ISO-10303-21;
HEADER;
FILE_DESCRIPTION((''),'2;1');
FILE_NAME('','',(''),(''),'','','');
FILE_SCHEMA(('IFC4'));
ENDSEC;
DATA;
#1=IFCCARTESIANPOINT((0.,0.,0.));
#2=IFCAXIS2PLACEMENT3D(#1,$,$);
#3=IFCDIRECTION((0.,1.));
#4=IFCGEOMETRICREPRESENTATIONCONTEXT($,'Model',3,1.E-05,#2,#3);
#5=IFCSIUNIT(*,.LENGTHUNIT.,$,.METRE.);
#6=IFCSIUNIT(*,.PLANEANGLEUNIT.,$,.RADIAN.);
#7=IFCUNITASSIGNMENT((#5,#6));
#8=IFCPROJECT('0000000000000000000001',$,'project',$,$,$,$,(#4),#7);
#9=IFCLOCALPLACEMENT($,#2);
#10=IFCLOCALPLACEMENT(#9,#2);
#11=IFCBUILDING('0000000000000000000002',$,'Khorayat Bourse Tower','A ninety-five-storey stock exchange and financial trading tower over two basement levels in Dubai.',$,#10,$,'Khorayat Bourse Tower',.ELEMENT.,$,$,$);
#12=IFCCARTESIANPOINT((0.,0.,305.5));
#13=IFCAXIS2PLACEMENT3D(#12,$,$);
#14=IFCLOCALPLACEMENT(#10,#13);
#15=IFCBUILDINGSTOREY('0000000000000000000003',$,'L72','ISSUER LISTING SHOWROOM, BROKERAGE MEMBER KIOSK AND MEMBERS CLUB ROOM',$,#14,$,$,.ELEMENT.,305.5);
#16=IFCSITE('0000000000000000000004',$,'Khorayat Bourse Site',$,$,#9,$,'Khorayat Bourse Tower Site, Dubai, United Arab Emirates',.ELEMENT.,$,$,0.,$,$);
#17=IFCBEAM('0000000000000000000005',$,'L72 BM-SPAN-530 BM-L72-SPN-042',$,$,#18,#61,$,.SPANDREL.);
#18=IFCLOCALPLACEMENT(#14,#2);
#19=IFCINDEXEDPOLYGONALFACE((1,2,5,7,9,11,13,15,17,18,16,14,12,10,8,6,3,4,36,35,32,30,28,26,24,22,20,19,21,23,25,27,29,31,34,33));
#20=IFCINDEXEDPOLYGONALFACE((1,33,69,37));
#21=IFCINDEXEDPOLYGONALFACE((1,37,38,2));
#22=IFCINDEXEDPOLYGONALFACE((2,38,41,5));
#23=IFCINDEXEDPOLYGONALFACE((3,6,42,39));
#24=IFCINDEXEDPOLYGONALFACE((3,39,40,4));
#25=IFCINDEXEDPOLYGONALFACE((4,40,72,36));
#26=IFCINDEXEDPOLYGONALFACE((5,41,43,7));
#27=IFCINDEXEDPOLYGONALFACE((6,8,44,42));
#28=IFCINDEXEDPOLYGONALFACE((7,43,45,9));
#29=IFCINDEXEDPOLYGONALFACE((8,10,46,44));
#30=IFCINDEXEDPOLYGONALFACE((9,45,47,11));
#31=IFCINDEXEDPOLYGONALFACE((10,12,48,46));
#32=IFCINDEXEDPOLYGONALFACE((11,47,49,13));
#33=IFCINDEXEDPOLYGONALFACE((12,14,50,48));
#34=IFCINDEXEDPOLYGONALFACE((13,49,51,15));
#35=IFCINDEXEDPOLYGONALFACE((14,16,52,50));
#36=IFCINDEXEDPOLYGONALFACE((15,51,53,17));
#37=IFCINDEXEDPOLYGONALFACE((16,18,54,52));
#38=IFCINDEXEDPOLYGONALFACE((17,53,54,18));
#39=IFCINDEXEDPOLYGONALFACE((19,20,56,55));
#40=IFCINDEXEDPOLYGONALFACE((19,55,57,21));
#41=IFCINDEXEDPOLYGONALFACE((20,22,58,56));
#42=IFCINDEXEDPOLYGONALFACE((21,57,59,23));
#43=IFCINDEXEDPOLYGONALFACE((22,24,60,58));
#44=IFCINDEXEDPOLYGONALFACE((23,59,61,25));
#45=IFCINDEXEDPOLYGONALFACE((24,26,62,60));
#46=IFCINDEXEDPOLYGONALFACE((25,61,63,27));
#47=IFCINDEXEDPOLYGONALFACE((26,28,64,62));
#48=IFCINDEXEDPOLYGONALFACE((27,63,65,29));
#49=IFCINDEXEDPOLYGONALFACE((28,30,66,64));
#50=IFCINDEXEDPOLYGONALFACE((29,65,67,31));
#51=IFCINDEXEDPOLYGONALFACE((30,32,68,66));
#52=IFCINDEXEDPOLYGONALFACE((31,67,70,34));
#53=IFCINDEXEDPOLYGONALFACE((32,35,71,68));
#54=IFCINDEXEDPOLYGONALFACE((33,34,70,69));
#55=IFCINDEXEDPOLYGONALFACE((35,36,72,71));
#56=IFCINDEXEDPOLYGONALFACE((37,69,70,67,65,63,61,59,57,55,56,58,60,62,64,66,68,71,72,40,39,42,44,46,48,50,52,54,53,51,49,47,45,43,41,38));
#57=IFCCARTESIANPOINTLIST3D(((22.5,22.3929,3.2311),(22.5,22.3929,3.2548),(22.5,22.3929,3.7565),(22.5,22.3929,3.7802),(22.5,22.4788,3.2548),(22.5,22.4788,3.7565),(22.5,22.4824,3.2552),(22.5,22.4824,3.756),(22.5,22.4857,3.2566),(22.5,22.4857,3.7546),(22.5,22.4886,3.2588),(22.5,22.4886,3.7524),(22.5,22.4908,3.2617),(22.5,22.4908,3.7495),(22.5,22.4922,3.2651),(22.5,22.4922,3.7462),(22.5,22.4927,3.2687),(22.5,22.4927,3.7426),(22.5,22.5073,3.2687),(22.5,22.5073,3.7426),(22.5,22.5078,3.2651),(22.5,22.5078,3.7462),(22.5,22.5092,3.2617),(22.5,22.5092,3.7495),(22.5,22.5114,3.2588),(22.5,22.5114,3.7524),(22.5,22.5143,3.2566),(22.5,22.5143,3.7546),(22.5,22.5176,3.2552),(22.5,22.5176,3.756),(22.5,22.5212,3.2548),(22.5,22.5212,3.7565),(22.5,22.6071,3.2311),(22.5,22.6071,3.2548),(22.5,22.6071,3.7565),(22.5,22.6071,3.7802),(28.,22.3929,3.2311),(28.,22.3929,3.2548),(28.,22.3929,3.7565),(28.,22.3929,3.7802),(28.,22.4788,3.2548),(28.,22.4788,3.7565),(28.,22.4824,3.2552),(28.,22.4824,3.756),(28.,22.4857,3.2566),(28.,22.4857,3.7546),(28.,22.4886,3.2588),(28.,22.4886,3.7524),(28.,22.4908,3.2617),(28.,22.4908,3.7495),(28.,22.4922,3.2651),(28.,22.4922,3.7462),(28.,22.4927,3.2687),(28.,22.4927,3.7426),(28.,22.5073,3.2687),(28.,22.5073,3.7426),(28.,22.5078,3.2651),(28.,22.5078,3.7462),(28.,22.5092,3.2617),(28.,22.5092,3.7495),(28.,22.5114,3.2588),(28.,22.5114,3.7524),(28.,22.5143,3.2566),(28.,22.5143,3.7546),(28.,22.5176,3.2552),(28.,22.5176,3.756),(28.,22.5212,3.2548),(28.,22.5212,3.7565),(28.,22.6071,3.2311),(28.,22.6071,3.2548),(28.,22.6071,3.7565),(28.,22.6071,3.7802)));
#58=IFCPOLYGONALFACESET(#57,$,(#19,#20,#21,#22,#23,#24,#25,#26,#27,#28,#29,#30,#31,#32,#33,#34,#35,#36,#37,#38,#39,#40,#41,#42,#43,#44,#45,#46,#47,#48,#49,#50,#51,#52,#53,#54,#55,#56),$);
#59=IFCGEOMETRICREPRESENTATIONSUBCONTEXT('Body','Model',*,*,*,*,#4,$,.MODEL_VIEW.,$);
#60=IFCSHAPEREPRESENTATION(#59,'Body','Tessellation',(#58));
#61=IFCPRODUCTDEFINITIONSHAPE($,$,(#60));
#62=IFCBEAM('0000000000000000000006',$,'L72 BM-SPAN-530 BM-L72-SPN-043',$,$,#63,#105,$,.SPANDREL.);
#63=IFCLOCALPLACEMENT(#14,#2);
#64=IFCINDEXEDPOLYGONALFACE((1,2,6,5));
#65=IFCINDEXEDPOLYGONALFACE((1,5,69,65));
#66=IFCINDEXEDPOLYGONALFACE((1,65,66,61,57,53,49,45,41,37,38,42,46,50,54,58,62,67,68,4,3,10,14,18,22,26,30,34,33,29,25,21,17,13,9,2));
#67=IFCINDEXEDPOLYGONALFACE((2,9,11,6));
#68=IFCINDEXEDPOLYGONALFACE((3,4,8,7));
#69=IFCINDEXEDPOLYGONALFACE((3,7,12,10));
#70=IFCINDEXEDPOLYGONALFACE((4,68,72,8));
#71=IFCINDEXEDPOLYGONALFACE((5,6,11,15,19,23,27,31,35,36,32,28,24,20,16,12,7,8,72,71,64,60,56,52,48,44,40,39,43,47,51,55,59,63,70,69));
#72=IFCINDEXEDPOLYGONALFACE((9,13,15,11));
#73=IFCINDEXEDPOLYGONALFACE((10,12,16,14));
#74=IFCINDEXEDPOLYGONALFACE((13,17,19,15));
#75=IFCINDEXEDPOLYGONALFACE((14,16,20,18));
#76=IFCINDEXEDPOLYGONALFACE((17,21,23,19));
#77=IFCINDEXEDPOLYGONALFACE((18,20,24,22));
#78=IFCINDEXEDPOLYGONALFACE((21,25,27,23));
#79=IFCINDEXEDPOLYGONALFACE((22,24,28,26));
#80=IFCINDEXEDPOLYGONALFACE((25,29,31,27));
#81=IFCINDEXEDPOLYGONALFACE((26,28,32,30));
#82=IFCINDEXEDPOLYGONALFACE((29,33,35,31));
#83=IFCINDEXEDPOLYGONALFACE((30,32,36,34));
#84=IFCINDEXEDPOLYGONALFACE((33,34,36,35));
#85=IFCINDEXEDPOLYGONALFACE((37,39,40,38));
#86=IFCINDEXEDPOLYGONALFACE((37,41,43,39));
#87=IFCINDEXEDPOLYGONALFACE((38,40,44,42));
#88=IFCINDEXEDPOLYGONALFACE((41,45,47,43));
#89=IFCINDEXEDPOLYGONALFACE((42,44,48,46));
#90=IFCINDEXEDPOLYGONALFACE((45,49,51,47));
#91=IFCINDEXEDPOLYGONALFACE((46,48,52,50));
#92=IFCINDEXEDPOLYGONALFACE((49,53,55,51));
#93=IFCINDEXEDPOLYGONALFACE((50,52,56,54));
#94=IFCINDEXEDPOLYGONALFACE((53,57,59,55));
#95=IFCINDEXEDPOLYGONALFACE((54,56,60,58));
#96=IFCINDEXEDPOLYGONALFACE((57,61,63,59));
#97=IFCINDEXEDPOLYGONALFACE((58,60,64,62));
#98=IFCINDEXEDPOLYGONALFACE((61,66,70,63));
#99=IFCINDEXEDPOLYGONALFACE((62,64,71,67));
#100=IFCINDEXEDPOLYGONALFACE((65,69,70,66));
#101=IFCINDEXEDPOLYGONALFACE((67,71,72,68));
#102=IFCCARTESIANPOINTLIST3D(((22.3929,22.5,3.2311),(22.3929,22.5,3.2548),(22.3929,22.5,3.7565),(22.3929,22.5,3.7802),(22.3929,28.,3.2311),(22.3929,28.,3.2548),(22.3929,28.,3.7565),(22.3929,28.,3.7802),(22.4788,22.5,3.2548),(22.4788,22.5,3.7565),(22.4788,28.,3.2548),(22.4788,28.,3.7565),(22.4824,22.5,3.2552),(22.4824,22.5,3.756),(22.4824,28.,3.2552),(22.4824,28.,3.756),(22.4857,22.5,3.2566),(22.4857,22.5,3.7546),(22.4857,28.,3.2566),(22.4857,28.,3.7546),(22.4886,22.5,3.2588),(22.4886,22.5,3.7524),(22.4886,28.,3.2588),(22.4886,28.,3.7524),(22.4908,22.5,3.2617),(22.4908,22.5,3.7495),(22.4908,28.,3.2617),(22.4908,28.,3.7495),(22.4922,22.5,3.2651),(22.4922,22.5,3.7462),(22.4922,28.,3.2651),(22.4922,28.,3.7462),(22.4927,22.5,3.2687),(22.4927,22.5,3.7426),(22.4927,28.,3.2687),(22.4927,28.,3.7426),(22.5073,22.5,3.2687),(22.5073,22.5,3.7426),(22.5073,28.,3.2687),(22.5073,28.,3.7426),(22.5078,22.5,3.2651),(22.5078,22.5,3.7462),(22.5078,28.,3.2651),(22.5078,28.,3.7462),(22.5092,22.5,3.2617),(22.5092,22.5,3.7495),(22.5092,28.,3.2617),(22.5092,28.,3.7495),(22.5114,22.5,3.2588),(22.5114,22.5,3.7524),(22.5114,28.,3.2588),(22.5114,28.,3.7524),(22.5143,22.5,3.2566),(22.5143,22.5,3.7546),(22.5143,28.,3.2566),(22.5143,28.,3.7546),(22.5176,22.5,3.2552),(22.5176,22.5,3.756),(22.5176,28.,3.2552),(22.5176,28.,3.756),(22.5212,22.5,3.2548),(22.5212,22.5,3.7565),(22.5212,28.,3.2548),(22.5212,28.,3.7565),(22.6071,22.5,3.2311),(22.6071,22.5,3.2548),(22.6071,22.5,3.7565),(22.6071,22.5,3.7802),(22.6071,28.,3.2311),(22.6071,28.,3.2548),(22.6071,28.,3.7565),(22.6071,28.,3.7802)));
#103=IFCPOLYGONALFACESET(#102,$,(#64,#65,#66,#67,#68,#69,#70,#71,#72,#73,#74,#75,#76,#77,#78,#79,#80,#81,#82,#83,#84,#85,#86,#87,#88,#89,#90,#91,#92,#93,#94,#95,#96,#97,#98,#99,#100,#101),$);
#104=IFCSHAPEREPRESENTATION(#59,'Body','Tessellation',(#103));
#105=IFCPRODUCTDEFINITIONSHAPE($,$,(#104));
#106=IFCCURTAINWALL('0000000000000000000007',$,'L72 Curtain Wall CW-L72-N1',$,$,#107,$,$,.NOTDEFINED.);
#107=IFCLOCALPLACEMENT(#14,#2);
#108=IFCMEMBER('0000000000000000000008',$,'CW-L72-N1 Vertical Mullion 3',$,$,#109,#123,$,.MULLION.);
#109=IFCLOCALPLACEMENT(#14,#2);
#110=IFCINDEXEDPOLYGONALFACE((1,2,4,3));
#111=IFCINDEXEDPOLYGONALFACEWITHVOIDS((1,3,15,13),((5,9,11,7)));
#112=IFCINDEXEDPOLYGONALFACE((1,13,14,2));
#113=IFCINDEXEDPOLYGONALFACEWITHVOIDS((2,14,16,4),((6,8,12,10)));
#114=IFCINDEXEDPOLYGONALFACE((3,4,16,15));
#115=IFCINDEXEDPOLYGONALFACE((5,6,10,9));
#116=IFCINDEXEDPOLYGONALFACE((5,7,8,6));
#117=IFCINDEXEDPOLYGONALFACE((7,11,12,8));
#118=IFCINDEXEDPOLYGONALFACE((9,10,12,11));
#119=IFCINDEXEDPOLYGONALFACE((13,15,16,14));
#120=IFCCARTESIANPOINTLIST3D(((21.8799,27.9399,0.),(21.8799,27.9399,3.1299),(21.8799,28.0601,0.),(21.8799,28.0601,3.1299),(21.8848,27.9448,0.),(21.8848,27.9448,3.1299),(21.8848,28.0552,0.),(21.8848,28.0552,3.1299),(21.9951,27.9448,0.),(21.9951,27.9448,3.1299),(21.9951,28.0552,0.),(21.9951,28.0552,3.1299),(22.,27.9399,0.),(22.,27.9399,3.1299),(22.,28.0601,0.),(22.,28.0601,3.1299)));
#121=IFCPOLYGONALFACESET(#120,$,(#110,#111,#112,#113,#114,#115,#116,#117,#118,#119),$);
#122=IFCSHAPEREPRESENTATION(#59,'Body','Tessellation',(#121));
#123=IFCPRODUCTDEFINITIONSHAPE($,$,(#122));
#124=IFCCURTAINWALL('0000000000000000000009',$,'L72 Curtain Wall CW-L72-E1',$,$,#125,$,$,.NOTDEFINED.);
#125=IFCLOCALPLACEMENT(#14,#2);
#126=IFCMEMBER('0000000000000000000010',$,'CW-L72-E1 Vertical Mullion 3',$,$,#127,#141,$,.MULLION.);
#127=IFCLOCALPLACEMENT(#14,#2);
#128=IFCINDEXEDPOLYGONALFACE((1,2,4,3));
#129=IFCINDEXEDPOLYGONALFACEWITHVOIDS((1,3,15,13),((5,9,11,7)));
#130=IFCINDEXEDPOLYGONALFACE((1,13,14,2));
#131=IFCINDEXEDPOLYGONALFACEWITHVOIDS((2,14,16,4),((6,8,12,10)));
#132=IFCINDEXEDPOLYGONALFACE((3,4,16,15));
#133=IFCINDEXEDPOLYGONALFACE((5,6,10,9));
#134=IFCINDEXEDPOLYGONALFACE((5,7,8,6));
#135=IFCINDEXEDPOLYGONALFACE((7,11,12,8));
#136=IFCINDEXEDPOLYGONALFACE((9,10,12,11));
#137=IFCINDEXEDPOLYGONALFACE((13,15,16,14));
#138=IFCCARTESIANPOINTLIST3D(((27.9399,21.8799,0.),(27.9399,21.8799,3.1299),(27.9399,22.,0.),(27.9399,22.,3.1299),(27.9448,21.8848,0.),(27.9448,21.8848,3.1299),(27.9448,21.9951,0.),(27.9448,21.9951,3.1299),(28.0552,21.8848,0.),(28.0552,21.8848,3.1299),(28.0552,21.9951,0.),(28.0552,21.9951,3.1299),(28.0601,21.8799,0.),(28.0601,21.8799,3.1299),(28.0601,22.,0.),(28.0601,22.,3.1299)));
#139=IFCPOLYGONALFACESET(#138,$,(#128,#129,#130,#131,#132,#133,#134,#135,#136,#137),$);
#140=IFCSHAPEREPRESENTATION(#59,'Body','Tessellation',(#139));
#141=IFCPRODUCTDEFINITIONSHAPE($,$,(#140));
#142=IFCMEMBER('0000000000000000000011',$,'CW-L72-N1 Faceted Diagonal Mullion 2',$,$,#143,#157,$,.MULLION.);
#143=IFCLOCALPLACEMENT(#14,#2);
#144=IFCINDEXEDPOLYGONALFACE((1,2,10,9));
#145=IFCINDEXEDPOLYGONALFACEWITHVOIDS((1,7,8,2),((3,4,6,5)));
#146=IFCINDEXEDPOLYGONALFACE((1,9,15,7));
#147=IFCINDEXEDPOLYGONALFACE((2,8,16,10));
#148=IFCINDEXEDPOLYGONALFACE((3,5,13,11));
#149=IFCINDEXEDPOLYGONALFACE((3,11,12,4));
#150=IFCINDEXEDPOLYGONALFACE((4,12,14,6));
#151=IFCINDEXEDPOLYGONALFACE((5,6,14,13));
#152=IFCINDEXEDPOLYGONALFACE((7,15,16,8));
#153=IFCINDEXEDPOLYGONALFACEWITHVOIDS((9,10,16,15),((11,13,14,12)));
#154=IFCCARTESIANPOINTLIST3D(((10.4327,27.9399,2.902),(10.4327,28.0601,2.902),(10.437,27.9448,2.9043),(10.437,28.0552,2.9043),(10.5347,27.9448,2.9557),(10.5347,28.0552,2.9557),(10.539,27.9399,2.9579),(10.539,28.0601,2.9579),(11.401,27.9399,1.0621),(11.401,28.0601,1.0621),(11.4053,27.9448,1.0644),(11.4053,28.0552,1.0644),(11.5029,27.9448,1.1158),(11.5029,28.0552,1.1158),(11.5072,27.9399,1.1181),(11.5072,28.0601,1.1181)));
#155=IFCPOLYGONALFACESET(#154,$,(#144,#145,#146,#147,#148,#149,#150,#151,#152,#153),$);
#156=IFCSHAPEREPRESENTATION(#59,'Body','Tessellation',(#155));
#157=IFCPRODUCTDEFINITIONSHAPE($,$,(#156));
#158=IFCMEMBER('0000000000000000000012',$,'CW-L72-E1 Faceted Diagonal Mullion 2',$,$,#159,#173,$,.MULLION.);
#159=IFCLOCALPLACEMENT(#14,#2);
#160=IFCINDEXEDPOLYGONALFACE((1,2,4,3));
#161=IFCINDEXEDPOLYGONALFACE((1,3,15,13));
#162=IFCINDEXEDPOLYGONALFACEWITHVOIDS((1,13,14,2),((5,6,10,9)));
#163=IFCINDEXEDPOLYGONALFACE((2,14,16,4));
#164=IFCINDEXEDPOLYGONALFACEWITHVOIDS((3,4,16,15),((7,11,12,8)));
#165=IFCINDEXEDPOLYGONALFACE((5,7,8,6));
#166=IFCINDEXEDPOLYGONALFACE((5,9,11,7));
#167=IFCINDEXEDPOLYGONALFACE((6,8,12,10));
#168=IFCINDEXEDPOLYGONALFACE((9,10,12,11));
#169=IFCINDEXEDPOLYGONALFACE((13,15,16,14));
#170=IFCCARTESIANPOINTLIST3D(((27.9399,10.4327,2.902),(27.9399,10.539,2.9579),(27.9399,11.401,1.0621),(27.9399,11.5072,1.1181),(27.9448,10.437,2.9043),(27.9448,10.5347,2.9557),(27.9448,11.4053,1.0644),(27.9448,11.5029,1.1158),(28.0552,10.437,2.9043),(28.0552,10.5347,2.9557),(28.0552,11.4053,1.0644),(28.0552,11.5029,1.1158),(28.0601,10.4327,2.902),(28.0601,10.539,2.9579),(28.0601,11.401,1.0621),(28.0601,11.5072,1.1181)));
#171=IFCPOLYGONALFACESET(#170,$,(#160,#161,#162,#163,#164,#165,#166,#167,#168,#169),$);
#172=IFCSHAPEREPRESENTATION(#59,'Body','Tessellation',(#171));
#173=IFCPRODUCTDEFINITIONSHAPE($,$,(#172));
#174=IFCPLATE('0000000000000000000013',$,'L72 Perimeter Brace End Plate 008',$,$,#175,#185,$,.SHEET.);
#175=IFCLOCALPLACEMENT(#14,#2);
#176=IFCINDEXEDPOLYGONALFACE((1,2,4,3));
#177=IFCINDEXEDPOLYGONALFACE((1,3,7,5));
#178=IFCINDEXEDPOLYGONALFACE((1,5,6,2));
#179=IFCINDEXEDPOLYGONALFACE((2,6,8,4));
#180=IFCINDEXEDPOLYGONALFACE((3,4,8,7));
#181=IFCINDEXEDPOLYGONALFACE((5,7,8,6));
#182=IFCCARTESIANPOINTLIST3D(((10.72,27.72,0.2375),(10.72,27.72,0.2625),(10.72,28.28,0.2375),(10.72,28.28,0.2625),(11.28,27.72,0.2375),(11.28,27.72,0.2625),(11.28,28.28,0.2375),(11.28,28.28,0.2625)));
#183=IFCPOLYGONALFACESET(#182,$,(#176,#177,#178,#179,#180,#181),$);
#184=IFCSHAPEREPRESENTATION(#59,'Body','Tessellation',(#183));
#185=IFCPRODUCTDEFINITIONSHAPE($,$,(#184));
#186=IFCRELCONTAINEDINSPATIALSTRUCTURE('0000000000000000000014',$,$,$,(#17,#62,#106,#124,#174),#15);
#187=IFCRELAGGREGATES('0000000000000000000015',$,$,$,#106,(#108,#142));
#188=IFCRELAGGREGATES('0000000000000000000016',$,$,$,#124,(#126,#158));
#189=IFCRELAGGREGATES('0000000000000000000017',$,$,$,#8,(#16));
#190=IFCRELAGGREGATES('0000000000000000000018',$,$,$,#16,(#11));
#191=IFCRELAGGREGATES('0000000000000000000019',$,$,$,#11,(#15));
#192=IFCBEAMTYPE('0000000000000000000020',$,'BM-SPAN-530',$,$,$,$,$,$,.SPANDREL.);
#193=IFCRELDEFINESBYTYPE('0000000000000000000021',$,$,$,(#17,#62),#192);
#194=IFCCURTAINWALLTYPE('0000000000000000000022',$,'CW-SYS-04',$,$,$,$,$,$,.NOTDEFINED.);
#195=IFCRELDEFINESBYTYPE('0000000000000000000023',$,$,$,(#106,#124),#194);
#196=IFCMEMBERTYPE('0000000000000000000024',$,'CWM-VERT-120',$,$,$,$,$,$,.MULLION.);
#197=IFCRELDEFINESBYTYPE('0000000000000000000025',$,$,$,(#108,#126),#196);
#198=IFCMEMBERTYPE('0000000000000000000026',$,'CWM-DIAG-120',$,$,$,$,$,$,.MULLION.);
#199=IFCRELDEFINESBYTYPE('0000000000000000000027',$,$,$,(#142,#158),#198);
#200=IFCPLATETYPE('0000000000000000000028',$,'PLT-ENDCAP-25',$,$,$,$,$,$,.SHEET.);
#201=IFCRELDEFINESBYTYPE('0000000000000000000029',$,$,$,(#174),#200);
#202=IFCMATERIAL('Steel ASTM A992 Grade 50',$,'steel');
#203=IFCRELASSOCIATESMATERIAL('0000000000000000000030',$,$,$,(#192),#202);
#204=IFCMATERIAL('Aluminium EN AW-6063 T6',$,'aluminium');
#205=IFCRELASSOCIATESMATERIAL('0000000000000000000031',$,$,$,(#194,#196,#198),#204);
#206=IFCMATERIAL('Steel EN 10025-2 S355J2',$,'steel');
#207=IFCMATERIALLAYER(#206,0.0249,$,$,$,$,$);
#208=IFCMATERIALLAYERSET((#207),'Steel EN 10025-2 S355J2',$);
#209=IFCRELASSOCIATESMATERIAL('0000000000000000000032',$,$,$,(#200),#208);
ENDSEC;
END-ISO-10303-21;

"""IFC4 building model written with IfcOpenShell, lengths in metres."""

from ifc_helpers import new_model, si_unit, direction, frame, origin, origin_2d, place, context, subcontext, project, spatial, rectangle, hollow_rectangle, i_section, extrude, source, transform, mapped, material, layer, layer_set, material_profile, profile_set, type_object, element, aggregate, save


model = new_model("IFC4")

# Units and contexts
model_context = context("Model", 3, precision=1e-05, world=origin(), true_north=direction((0.0, 1.0)))
body_context = subcontext(model_context, "Body", "Model", "MODEL_VIEW")
ifc_project = project(units=[si_unit("LENGTHUNIT", "METRE"), si_unit("PLANEANGLEUNIT", "RADIAN")], contexts=[model_context])

# Site, building, storey
site_placement = place(None, origin())
site = spatial("IfcSite", under=ifc_project, at=site_placement, Name="Khorayat Bourse Site", LongName="Khorayat Bourse Tower Site, Dubai, United Arab Emirates", CompositionType="ELEMENT", RefElevation=0.0)
building_placement = place(site_placement, origin())
building = spatial("IfcBuilding", under=site, at=building_placement, Name="Khorayat Bourse Tower", Description="A ninety-five-storey stock exchange and financial trading tower over two basement levels in Dubai.", LongName="Khorayat Bourse Tower", CompositionType="ELEMENT")
storey_placement = place(building_placement, frame((0.0, 0.0, 305.5)))
storey = spatial("IfcBuildingStorey", under=building, at=storey_placement, Name="L72", Description="ISSUER LISTING SHOWROOM, BROKERAGE MEMBER KIOSK AND MEMBERS CLUB ROOM", CompositionType="ELEMENT", Elevation=305.5)

# Beams
ifc_material_1 = material(Name="Steel ASTM A992 Grade 50", Category="steel")
ifc_material_profile_1 = material_profile(ifc_material_1, i_section(OverallWidth=0.2141, OverallDepth=0.5491, WebThickness=0.0146, FlangeThickness=0.0237, FilletRadius=0.0139, at=origin_2d()), Name="W530X138")
ifc_profile_set_1 = profile_set([ifc_material_profile_1], Name="Steel ASTM A992 Grade 50")
beam_type_1 = type_object("IfcBeamType", Name="BM-SPAN-530", PredefinedType="SPANDREL", material=ifc_profile_set_1)
shared_shape_1 = source(origin(), body_context, "Body", "SweptSolid", [
    extrude(i_section(OverallWidth=0.2141, OverallDepth=0.5491, WebThickness=0.0146, FlangeThickness=0.0237, FilletRadius=0.0139, at=origin_2d()), origin(), (0.0, 0.0, 1.0), 5.5),
])
for number, where, z_axis, x_axis, name in (
    (1, (22.5, 22.5, 3.5056), (1.0, 0.0, 0.0), (0.0, 1.0, 0.0), "L72 BM-SPAN-530 BM-L72-SPN-042"),
    (2, (22.5, 22.5, 3.5056), (0.0, 1.0, 0.0), (-1.0, 0.0, 0.0), "L72 BM-SPAN-530 BM-L72-SPN-043"),
):
    element("IfcBeam", number, at=place(storey_placement, frame(where, z_axis=z_axis, x_axis=x_axis)), inside=storey, type_object=beam_type_1, Name=name, PredefinedType="SPANDREL", context=body_context, shape_type="MappedRepresentation", body=[
        mapped(shared_shape_1, transform((0.0, 0.0, 0.0), scale=1.0)),
    ])

# Curtain walls, members
ifc_material_2 = material(Name="Aluminium EN AW-6063 T6", Category="aluminium")
curtain_wall_type = type_object("IfcCurtainWallType", Name="CW-SYS-04", PredefinedType="NOTDEFINED", material=ifc_material_2)
curtain_wall_1_placement = place(storey_placement, origin())
curtain_wall_1 = element("IfcCurtainWall", 3, at=curtain_wall_1_placement, inside=storey, type_object=curtain_wall_type, Name="L72 Curtain Wall CW-L72-N1", PredefinedType="NOTDEFINED")
ifc_material_profile_2 = material_profile(ifc_material_2, hollow_rectangle(XDim=0.1201, YDim=0.1201, WallThickness=0.0049, at=origin_2d()), Name="ALU 120x120x5")
ifc_profile_set_2 = profile_set([ifc_material_profile_2], Name="Aluminium EN AW-6063 T6")
member_type_1 = type_object("IfcMemberType", Name="CWM-VERT-120", PredefinedType="MULLION", material=ifc_profile_set_2)
shared_shape_2 = source(origin(), body_context, "Body", "SweptSolid", [
    extrude(hollow_rectangle(XDim=0.1201, YDim=0.1201, WallThickness=0.0049, at=origin_2d()), origin(), (0.0, 0.0, 1.0), 3.1299),
])
member_1_placement = place(storey_placement, frame((21.9399, 28.0, 0.0), z_axis=(0.0, 0.0, 1.0), x_axis=(0.0, 1.0, 0.0)))
member_1 = element("IfcMember", 4, at=member_1_placement, type_object=member_type_1, Name="CW-L72-N1 Vertical Mullion 3", PredefinedType="MULLION", context=body_context, shape_type="MappedRepresentation", body=[
    mapped(shared_shape_2, transform((0.0, 0.0, 0.0), scale=1.0)),
])
curtain_wall_2_placement = place(storey_placement, origin())
curtain_wall_2 = element("IfcCurtainWall", 5, at=curtain_wall_2_placement, inside=storey, type_object=curtain_wall_type, Name="L72 Curtain Wall CW-L72-E1", PredefinedType="NOTDEFINED")
member_2_placement = place(storey_placement, frame((28.0, 21.9399, 0.0), z_axis=(0.0, 0.0, 1.0), x_axis=(-1.0, 0.0, 0.0)))
member_2 = element("IfcMember", 6, at=member_2_placement, type_object=member_type_1, Name="CW-L72-E1 Vertical Mullion 3", PredefinedType="MULLION", context=body_context, shape_type="MappedRepresentation", body=[
    mapped(shared_shape_2, transform((0.0, 0.0, 0.0), scale=1.0)),
])

# Members
ifc_material_profile_3 = material_profile(ifc_material_2, hollow_rectangle(XDim=0.1201, YDim=0.1201, WallThickness=0.0049, at=origin_2d()), Name="ALU 120x120x5")
ifc_profile_set_3 = profile_set([ifc_material_profile_3], Name="Aluminium EN AW-6063 T6")
member_type_2 = type_object("IfcMemberType", Name="CWM-DIAG-120", PredefinedType="MULLION", material=ifc_profile_set_3)
shared_shape_3 = source(origin(), body_context, "Body", "SweptSolid", [
    extrude(hollow_rectangle(XDim=0.1201, YDim=0.1201, WallThickness=0.0049, at=origin_2d()), origin(), (0.0, 0.0, 1.0), 2.0791),
])
member_3_placement = place(storey_placement, frame((11.4541, 28.0, 1.0901), z_axis=(-0.465717, 0.0, 0.884934), x_axis=(0.0, -1.0, 0.0)))
member_3 = element("IfcMember", 7, at=member_3_placement, type_object=member_type_2, Name="CW-L72-N1 Faceted Diagonal Mullion 2", PredefinedType="MULLION", context=body_context, shape_type="MappedRepresentation", body=[
    mapped(shared_shape_3, transform((0.0, 0.0, 0.0), scale=1.0)),
])
aggregate(curtain_wall_1, [member_1, member_3])
member_4_placement = place(storey_placement, frame((28.0, 11.4541, 1.0901), z_axis=(0.0, -0.465717, 0.884934), x_axis=(1.0, 0.0, 0.0)))
member_4 = element("IfcMember", 8, at=member_4_placement, type_object=member_type_2, Name="CW-L72-E1 Faceted Diagonal Mullion 2", PredefinedType="MULLION", context=body_context, shape_type="MappedRepresentation", body=[
    mapped(shared_shape_3, transform((0.0, 0.0, 0.0), scale=1.0)),
])
aggregate(curtain_wall_2, [member_2, member_4])

# Plate
ifc_material_3 = material(Name="Steel EN 10025-2 S355J2", Category="steel")
ifc_layer_1 = layer(ifc_material_3, 0.0249)
ifc_layer_set_1 = layer_set([ifc_layer_1], Name="Steel EN 10025-2 S355J2")
plate_type = type_object("IfcPlateType", Name="PLT-ENDCAP-25", PredefinedType="SHEET", material=ifc_layer_set_1)
shared_shape_4 = source(origin(), body_context, "Body", "SweptSolid", [
    extrude(rectangle(XDim=0.5601, YDim=0.5601, at=origin_2d()), origin(), (0.0, 0.0, 1.0), 0.0249),
])
for number, where, z_axis, x_axis, name in (
    (9, (11.0, 28.0, 0.2375), (0.0, 0.0, 1.0), (1.0, 0.0, 0.0), "L72 Perimeter Brace End Plate 008"),
):
    element("IfcPlate", number, at=place(storey_placement, frame(where, z_axis=z_axis, x_axis=x_axis)), inside=storey, type_object=plate_type, Name=name, PredefinedType="SHEET", context=body_context, shape_type="MappedRepresentation", body=[
        mapped(shared_shape_4, transform((0.0, 0.0, 0.0), scale=1.0)),
    ])

save(model, "model.ifc")
